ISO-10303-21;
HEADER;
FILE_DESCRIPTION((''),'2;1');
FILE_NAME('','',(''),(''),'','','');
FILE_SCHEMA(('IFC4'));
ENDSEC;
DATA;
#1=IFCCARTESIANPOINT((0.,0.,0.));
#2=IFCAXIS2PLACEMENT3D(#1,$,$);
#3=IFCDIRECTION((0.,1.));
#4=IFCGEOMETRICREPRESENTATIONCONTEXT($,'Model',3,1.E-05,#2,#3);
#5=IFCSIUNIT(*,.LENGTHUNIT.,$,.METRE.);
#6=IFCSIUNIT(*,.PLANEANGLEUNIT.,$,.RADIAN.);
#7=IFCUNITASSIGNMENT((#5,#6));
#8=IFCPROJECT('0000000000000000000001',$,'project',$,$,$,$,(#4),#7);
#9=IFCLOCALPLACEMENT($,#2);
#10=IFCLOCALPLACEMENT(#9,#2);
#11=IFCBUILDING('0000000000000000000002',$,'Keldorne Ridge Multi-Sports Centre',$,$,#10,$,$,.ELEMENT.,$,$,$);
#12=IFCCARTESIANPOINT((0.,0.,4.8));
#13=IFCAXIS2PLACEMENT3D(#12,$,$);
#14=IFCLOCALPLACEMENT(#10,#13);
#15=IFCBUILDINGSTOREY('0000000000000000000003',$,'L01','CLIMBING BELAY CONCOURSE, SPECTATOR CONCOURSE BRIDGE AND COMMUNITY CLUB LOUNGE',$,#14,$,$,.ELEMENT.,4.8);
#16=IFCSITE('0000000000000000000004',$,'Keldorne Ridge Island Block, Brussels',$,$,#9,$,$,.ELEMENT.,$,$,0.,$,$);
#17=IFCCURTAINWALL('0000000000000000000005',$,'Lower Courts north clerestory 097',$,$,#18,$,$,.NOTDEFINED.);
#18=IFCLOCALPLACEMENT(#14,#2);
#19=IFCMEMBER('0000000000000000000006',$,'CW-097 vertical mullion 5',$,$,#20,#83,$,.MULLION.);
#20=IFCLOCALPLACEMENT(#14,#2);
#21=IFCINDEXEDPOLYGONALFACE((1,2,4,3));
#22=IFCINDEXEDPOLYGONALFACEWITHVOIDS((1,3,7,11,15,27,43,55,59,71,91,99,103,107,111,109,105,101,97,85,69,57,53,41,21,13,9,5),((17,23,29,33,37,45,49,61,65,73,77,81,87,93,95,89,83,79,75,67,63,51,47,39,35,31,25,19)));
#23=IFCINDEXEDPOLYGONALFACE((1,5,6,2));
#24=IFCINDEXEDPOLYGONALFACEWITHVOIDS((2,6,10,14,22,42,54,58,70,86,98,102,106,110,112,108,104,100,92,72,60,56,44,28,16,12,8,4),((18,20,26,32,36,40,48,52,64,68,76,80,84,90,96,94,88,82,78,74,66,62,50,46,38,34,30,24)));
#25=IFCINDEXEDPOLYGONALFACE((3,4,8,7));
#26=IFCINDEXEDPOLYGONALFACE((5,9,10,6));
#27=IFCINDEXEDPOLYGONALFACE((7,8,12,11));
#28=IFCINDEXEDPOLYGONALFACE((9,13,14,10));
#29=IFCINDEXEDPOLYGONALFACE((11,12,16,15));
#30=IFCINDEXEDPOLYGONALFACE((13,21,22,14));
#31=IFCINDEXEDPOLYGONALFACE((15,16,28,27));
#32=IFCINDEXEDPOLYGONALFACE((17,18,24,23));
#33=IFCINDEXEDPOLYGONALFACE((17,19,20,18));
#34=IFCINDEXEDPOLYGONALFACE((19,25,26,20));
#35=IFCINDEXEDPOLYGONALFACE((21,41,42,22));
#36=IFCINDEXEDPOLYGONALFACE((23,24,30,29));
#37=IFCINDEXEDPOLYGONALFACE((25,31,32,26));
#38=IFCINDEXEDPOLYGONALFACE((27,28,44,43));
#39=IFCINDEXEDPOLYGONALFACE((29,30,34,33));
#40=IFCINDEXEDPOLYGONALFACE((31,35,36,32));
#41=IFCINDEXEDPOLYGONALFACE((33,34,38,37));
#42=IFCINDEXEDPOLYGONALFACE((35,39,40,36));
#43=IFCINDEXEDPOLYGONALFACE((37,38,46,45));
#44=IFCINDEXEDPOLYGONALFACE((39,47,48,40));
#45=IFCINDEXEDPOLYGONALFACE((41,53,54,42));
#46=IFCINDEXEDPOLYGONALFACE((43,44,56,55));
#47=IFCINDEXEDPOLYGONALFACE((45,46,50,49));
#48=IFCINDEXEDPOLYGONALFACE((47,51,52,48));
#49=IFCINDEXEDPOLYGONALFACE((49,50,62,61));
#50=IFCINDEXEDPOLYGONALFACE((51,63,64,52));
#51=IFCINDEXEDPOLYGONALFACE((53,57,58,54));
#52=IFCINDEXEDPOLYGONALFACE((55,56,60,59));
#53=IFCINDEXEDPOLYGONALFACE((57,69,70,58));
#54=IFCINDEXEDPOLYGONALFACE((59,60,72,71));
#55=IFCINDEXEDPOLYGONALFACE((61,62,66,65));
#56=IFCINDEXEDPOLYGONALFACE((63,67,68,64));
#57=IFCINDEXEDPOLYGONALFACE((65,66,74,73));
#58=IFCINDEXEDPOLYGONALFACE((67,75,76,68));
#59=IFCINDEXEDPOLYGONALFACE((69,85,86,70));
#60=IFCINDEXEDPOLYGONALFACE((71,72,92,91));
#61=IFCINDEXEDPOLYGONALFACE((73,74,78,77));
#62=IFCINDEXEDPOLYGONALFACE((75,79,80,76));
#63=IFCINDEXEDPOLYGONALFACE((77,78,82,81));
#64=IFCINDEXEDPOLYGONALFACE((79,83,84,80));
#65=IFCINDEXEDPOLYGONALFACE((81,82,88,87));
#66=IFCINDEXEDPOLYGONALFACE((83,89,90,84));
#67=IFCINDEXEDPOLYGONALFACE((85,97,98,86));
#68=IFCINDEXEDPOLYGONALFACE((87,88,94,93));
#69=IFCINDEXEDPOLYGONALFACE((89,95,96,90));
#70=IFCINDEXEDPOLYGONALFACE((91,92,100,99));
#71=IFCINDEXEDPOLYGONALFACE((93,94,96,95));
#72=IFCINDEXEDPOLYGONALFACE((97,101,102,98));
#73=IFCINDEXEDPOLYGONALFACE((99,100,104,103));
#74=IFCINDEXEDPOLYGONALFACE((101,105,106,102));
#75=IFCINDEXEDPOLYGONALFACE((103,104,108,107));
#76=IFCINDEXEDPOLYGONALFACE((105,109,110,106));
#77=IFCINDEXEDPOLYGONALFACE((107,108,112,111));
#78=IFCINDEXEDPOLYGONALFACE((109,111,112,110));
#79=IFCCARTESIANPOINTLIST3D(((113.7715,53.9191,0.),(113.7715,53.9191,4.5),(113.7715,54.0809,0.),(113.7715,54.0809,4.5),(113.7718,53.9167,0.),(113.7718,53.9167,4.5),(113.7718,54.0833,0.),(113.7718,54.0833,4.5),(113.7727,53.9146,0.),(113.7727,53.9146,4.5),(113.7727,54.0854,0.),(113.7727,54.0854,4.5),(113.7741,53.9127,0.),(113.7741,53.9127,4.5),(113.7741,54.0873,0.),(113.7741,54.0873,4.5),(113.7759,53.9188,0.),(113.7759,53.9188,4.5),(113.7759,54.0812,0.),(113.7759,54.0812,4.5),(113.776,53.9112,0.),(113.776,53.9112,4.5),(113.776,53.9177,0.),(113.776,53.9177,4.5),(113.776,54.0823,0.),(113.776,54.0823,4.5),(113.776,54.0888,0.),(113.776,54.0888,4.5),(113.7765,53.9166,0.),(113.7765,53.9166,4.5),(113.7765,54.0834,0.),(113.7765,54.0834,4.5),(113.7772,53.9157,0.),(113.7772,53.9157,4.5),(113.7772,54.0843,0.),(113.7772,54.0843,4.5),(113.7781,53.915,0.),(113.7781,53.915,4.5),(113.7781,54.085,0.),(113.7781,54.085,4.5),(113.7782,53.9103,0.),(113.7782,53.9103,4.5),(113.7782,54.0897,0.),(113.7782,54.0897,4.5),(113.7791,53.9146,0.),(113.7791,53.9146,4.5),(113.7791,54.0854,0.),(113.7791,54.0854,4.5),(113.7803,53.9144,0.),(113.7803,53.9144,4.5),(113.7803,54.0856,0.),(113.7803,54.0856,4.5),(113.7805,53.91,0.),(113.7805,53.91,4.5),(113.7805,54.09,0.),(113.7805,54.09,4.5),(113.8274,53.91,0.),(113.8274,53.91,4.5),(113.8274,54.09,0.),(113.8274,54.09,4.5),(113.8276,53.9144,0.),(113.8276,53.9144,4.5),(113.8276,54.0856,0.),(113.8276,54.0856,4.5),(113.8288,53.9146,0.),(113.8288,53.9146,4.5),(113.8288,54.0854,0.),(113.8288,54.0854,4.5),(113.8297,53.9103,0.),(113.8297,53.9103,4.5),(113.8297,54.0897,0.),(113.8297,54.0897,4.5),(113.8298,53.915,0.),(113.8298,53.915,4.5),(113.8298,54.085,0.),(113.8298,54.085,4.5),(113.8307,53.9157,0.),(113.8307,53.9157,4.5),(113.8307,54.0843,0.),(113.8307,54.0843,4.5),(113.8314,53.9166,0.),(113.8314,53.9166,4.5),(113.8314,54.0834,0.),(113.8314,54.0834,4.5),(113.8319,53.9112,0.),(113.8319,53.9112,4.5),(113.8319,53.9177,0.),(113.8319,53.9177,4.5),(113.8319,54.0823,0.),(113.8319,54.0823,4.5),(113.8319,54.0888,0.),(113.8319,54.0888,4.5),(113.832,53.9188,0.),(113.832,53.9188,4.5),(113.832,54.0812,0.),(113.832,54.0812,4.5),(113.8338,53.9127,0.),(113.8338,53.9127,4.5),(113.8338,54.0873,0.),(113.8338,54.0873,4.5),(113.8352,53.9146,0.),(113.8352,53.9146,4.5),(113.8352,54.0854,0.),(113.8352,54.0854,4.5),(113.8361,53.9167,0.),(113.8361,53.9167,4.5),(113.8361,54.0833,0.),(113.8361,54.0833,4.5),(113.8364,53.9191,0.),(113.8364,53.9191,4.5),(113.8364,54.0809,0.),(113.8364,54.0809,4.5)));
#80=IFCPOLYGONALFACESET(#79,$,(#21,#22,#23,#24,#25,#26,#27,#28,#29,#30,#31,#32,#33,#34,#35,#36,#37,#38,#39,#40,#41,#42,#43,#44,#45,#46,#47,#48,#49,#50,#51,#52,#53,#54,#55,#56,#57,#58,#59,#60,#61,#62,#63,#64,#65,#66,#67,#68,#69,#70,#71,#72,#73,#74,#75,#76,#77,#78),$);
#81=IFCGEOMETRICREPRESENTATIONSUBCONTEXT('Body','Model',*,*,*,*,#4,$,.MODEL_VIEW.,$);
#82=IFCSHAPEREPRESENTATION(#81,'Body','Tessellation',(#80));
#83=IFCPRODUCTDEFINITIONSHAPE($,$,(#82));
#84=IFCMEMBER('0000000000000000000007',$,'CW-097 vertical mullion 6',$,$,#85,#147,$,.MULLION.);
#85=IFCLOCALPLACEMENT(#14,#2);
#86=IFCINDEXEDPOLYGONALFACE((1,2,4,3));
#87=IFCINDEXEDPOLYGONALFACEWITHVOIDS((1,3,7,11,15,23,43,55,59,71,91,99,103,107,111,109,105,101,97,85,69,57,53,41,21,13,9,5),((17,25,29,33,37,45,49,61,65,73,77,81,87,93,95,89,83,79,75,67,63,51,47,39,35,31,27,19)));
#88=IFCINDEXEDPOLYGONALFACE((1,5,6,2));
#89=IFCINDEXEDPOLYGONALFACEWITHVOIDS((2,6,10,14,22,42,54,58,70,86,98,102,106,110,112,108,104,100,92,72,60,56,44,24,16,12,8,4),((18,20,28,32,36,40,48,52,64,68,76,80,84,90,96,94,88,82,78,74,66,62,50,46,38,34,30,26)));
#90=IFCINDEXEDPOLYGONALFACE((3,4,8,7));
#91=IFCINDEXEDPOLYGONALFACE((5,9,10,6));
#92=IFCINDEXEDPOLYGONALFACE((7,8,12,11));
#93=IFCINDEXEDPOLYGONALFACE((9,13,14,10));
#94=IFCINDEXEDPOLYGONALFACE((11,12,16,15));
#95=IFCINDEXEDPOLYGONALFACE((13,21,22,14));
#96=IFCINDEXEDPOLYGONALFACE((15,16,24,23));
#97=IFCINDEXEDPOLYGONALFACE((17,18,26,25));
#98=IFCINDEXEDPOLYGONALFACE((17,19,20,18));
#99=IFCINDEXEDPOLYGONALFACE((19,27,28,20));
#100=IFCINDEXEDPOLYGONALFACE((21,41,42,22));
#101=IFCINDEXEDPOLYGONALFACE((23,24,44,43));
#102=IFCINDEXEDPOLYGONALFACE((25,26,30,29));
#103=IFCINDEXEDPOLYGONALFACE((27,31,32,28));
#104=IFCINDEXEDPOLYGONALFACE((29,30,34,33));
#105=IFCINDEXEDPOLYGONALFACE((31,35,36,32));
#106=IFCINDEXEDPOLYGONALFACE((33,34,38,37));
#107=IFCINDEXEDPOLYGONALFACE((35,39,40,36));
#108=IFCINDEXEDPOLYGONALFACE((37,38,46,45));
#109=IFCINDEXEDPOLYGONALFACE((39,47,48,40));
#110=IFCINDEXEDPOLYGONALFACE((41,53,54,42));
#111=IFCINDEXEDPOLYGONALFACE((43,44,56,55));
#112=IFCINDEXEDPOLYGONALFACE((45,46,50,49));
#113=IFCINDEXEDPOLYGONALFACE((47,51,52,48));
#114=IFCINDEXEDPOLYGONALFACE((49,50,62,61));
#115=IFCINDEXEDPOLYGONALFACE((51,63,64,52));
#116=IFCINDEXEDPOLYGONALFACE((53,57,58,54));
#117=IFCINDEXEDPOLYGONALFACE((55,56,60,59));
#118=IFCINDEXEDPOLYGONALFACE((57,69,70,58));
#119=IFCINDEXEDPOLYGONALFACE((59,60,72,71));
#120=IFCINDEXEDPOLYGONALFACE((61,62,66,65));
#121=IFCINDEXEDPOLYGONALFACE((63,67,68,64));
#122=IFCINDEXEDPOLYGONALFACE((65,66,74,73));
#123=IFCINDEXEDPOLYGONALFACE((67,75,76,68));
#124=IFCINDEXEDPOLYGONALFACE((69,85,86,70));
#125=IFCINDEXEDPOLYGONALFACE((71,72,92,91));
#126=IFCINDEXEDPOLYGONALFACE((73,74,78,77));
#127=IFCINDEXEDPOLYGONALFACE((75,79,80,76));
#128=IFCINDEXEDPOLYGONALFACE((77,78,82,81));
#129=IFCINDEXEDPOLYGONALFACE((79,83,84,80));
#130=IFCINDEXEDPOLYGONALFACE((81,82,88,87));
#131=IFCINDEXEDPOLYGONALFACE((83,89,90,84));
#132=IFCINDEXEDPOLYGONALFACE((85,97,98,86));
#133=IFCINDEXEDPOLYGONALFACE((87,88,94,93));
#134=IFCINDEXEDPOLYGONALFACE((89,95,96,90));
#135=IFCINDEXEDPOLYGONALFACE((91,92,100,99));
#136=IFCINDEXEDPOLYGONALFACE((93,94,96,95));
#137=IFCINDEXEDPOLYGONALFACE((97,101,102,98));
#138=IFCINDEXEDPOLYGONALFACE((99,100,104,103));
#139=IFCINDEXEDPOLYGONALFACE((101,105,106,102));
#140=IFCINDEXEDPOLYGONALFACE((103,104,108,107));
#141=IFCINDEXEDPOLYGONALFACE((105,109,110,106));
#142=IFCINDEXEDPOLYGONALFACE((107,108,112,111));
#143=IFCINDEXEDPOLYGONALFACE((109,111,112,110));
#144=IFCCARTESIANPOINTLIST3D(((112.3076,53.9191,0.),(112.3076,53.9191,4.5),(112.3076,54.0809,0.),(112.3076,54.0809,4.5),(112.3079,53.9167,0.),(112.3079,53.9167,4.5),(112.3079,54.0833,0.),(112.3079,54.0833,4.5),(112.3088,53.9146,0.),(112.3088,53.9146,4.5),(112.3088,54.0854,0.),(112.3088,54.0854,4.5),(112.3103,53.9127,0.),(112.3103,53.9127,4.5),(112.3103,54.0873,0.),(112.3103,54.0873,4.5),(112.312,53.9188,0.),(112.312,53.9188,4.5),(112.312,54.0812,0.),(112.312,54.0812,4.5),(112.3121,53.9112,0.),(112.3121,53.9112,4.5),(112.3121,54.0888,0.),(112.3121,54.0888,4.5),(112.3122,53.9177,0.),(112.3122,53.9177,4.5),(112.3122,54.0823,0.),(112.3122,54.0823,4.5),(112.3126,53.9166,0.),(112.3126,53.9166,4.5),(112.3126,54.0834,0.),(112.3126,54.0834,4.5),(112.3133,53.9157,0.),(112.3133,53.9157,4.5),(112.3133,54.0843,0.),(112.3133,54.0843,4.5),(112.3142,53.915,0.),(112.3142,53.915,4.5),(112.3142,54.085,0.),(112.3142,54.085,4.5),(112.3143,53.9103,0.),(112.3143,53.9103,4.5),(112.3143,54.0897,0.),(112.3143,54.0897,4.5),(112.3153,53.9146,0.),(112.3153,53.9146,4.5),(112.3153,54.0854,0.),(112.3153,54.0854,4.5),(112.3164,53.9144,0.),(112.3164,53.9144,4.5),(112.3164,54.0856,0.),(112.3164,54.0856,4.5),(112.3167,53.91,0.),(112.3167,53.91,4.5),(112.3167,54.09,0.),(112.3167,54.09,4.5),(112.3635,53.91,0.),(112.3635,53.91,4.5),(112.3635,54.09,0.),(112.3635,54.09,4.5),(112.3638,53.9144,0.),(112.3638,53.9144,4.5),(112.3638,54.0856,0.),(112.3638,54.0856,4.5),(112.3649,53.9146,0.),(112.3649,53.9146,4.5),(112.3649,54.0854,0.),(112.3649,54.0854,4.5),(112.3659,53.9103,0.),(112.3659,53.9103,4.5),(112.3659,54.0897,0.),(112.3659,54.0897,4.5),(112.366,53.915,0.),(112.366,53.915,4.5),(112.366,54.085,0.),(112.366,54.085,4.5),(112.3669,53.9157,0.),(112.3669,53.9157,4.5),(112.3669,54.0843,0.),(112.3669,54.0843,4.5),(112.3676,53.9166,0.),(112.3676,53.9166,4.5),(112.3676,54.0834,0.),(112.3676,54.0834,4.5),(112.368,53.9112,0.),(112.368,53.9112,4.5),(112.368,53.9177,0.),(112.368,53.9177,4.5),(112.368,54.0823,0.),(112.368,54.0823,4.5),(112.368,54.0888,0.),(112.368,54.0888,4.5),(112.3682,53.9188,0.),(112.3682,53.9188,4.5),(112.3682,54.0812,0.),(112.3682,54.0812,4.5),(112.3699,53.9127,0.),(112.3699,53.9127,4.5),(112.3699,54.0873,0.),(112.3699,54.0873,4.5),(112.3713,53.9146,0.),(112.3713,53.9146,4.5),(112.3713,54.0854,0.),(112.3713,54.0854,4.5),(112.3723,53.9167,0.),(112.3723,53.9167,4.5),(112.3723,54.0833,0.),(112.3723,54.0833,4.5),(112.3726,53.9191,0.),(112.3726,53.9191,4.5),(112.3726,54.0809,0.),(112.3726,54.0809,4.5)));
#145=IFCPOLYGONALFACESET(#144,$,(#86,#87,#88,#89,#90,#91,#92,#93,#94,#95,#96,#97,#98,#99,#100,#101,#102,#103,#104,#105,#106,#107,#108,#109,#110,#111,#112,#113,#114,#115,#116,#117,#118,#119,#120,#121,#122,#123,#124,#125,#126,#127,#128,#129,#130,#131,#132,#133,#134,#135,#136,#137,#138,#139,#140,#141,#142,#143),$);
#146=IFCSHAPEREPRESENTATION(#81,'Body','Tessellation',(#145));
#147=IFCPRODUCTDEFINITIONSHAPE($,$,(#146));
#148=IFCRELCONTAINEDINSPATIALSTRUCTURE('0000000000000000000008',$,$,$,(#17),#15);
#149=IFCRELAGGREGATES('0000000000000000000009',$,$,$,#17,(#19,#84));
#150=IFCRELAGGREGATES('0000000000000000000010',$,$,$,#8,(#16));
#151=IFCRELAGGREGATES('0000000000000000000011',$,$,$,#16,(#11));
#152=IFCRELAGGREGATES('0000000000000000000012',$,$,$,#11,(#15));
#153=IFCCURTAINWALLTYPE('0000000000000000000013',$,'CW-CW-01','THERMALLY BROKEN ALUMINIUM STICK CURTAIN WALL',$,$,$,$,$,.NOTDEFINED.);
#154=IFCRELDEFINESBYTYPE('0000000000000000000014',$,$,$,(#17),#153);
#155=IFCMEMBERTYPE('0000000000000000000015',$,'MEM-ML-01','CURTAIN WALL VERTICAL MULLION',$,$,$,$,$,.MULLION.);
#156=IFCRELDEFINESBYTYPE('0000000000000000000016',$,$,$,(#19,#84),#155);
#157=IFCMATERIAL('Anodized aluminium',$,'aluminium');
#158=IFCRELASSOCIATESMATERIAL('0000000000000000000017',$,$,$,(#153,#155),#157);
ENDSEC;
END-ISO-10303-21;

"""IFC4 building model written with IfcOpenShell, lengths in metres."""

from ifc_helpers import new_model, si_unit, direction, frame, origin, origin_2d, place, context, subcontext, project, spatial, hollow_rectangle, extrude, material, material_profile, profile_set, type_object, element, aggregate, save


model = new_model("IFC4")

# Units and contexts
model_context = context("Model", 3, precision=1e-05, world=origin(), true_north=direction((0.0, 1.0)))
body_context = subcontext(model_context, "Body", "Model", "MODEL_VIEW")
ifc_project = project(units=[si_unit("LENGTHUNIT", "METRE"), si_unit("PLANEANGLEUNIT", "RADIAN")], contexts=[model_context])

# Site, building, storey
site_placement = place(None, origin())
site = spatial("IfcSite", under=ifc_project, at=site_placement, Name="Keldorne Ridge Island Block, Brussels", CompositionType="ELEMENT", RefElevation=0.0)
building_placement = place(site_placement, origin())
building = spatial("IfcBuilding", under=site, at=building_placement, Name="Keldorne Ridge Multi-Sports Centre", CompositionType="ELEMENT")
storey_placement = place(building_placement, frame((0.0, 0.0, 4.8)))
storey = spatial("IfcBuildingStorey", under=building, at=storey_placement, Name="L01", Description="CLIMBING BELAY CONCOURSE, SPECTATOR CONCOURSE BRIDGE AND COMMUNITY CLUB LOUNGE", CompositionType="ELEMENT", Elevation=4.8)

# Curtain wall, members
ifc_material_1 = material(Name="Anodized aluminium", Category="aluminium")
curtain_wall_type = type_object("IfcCurtainWallType", Name="CW-CW-01", Description="THERMALLY BROKEN ALUMINIUM STICK CURTAIN WALL", PredefinedType="NOTDEFINED", material=ifc_material_1)
curtain_wall_placement = place(storey_placement, origin())
curtain_wall = element("IfcCurtainWall", 1, at=curtain_wall_placement, inside=storey, type_object=curtain_wall_type, Name="Lower Courts north clerestory 097", PredefinedType="NOTDEFINED")
ifc_material_profile_1 = material_profile(ifc_material_1, hollow_rectangle(XDim=0.0649, YDim=0.1799, WallThickness=0.0044, InnerFilletRadius=0.0044, OuterFilletRadius=0.009, at=origin_2d()), Name="ALU MULLION 180x65x4.5")
ifc_profile_set_1 = profile_set([ifc_material_profile_1], Name="Anodized aluminium")
member_type_1 = type_object("IfcMemberType", Name="MEM-ML-01", Description="CURTAIN WALL VERTICAL MULLION", PredefinedType="MULLION", material=ifc_profile_set_1)
member_1_placement = place(storey_placement, frame((113.804, 54.0, 0.0), z_axis=(0.0, 0.0, 1.0), x_axis=(1.0, 0.0, 0.0)))
member_1 = element("IfcMember", 2, at=member_1_placement, type_object=member_type_1, Name="CW-097 vertical mullion 5", PredefinedType="MULLION", context=body_context, shape_type="SweptSolid", body=[
    extrude(hollow_rectangle(XDim=0.0649, YDim=0.1799, WallThickness=0.0044, InnerFilletRadius=0.0044, OuterFilletRadius=0.009, at=origin_2d()), origin(), (0.0, 0.0, 1.0), 4.5),
])
member_2_placement = place(storey_placement, frame((112.3401, 54.0, 0.0), z_axis=(0.0, 0.0, 1.0), x_axis=(1.0, 0.0, 0.0)))
member_2 = element("IfcMember", 3, at=member_2_placement, type_object=member_type_1, Name="CW-097 vertical mullion 6", PredefinedType="MULLION", context=body_context, shape_type="SweptSolid", body=[
    extrude(hollow_rectangle(XDim=0.0649, YDim=0.1799, WallThickness=0.0044, InnerFilletRadius=0.0044, OuterFilletRadius=0.009, at=origin_2d()), origin(), (0.0, 0.0, 1.0), 4.5),
])
aggregate(curtain_wall, [member_1, member_2])

save(model, "model.ifc")
